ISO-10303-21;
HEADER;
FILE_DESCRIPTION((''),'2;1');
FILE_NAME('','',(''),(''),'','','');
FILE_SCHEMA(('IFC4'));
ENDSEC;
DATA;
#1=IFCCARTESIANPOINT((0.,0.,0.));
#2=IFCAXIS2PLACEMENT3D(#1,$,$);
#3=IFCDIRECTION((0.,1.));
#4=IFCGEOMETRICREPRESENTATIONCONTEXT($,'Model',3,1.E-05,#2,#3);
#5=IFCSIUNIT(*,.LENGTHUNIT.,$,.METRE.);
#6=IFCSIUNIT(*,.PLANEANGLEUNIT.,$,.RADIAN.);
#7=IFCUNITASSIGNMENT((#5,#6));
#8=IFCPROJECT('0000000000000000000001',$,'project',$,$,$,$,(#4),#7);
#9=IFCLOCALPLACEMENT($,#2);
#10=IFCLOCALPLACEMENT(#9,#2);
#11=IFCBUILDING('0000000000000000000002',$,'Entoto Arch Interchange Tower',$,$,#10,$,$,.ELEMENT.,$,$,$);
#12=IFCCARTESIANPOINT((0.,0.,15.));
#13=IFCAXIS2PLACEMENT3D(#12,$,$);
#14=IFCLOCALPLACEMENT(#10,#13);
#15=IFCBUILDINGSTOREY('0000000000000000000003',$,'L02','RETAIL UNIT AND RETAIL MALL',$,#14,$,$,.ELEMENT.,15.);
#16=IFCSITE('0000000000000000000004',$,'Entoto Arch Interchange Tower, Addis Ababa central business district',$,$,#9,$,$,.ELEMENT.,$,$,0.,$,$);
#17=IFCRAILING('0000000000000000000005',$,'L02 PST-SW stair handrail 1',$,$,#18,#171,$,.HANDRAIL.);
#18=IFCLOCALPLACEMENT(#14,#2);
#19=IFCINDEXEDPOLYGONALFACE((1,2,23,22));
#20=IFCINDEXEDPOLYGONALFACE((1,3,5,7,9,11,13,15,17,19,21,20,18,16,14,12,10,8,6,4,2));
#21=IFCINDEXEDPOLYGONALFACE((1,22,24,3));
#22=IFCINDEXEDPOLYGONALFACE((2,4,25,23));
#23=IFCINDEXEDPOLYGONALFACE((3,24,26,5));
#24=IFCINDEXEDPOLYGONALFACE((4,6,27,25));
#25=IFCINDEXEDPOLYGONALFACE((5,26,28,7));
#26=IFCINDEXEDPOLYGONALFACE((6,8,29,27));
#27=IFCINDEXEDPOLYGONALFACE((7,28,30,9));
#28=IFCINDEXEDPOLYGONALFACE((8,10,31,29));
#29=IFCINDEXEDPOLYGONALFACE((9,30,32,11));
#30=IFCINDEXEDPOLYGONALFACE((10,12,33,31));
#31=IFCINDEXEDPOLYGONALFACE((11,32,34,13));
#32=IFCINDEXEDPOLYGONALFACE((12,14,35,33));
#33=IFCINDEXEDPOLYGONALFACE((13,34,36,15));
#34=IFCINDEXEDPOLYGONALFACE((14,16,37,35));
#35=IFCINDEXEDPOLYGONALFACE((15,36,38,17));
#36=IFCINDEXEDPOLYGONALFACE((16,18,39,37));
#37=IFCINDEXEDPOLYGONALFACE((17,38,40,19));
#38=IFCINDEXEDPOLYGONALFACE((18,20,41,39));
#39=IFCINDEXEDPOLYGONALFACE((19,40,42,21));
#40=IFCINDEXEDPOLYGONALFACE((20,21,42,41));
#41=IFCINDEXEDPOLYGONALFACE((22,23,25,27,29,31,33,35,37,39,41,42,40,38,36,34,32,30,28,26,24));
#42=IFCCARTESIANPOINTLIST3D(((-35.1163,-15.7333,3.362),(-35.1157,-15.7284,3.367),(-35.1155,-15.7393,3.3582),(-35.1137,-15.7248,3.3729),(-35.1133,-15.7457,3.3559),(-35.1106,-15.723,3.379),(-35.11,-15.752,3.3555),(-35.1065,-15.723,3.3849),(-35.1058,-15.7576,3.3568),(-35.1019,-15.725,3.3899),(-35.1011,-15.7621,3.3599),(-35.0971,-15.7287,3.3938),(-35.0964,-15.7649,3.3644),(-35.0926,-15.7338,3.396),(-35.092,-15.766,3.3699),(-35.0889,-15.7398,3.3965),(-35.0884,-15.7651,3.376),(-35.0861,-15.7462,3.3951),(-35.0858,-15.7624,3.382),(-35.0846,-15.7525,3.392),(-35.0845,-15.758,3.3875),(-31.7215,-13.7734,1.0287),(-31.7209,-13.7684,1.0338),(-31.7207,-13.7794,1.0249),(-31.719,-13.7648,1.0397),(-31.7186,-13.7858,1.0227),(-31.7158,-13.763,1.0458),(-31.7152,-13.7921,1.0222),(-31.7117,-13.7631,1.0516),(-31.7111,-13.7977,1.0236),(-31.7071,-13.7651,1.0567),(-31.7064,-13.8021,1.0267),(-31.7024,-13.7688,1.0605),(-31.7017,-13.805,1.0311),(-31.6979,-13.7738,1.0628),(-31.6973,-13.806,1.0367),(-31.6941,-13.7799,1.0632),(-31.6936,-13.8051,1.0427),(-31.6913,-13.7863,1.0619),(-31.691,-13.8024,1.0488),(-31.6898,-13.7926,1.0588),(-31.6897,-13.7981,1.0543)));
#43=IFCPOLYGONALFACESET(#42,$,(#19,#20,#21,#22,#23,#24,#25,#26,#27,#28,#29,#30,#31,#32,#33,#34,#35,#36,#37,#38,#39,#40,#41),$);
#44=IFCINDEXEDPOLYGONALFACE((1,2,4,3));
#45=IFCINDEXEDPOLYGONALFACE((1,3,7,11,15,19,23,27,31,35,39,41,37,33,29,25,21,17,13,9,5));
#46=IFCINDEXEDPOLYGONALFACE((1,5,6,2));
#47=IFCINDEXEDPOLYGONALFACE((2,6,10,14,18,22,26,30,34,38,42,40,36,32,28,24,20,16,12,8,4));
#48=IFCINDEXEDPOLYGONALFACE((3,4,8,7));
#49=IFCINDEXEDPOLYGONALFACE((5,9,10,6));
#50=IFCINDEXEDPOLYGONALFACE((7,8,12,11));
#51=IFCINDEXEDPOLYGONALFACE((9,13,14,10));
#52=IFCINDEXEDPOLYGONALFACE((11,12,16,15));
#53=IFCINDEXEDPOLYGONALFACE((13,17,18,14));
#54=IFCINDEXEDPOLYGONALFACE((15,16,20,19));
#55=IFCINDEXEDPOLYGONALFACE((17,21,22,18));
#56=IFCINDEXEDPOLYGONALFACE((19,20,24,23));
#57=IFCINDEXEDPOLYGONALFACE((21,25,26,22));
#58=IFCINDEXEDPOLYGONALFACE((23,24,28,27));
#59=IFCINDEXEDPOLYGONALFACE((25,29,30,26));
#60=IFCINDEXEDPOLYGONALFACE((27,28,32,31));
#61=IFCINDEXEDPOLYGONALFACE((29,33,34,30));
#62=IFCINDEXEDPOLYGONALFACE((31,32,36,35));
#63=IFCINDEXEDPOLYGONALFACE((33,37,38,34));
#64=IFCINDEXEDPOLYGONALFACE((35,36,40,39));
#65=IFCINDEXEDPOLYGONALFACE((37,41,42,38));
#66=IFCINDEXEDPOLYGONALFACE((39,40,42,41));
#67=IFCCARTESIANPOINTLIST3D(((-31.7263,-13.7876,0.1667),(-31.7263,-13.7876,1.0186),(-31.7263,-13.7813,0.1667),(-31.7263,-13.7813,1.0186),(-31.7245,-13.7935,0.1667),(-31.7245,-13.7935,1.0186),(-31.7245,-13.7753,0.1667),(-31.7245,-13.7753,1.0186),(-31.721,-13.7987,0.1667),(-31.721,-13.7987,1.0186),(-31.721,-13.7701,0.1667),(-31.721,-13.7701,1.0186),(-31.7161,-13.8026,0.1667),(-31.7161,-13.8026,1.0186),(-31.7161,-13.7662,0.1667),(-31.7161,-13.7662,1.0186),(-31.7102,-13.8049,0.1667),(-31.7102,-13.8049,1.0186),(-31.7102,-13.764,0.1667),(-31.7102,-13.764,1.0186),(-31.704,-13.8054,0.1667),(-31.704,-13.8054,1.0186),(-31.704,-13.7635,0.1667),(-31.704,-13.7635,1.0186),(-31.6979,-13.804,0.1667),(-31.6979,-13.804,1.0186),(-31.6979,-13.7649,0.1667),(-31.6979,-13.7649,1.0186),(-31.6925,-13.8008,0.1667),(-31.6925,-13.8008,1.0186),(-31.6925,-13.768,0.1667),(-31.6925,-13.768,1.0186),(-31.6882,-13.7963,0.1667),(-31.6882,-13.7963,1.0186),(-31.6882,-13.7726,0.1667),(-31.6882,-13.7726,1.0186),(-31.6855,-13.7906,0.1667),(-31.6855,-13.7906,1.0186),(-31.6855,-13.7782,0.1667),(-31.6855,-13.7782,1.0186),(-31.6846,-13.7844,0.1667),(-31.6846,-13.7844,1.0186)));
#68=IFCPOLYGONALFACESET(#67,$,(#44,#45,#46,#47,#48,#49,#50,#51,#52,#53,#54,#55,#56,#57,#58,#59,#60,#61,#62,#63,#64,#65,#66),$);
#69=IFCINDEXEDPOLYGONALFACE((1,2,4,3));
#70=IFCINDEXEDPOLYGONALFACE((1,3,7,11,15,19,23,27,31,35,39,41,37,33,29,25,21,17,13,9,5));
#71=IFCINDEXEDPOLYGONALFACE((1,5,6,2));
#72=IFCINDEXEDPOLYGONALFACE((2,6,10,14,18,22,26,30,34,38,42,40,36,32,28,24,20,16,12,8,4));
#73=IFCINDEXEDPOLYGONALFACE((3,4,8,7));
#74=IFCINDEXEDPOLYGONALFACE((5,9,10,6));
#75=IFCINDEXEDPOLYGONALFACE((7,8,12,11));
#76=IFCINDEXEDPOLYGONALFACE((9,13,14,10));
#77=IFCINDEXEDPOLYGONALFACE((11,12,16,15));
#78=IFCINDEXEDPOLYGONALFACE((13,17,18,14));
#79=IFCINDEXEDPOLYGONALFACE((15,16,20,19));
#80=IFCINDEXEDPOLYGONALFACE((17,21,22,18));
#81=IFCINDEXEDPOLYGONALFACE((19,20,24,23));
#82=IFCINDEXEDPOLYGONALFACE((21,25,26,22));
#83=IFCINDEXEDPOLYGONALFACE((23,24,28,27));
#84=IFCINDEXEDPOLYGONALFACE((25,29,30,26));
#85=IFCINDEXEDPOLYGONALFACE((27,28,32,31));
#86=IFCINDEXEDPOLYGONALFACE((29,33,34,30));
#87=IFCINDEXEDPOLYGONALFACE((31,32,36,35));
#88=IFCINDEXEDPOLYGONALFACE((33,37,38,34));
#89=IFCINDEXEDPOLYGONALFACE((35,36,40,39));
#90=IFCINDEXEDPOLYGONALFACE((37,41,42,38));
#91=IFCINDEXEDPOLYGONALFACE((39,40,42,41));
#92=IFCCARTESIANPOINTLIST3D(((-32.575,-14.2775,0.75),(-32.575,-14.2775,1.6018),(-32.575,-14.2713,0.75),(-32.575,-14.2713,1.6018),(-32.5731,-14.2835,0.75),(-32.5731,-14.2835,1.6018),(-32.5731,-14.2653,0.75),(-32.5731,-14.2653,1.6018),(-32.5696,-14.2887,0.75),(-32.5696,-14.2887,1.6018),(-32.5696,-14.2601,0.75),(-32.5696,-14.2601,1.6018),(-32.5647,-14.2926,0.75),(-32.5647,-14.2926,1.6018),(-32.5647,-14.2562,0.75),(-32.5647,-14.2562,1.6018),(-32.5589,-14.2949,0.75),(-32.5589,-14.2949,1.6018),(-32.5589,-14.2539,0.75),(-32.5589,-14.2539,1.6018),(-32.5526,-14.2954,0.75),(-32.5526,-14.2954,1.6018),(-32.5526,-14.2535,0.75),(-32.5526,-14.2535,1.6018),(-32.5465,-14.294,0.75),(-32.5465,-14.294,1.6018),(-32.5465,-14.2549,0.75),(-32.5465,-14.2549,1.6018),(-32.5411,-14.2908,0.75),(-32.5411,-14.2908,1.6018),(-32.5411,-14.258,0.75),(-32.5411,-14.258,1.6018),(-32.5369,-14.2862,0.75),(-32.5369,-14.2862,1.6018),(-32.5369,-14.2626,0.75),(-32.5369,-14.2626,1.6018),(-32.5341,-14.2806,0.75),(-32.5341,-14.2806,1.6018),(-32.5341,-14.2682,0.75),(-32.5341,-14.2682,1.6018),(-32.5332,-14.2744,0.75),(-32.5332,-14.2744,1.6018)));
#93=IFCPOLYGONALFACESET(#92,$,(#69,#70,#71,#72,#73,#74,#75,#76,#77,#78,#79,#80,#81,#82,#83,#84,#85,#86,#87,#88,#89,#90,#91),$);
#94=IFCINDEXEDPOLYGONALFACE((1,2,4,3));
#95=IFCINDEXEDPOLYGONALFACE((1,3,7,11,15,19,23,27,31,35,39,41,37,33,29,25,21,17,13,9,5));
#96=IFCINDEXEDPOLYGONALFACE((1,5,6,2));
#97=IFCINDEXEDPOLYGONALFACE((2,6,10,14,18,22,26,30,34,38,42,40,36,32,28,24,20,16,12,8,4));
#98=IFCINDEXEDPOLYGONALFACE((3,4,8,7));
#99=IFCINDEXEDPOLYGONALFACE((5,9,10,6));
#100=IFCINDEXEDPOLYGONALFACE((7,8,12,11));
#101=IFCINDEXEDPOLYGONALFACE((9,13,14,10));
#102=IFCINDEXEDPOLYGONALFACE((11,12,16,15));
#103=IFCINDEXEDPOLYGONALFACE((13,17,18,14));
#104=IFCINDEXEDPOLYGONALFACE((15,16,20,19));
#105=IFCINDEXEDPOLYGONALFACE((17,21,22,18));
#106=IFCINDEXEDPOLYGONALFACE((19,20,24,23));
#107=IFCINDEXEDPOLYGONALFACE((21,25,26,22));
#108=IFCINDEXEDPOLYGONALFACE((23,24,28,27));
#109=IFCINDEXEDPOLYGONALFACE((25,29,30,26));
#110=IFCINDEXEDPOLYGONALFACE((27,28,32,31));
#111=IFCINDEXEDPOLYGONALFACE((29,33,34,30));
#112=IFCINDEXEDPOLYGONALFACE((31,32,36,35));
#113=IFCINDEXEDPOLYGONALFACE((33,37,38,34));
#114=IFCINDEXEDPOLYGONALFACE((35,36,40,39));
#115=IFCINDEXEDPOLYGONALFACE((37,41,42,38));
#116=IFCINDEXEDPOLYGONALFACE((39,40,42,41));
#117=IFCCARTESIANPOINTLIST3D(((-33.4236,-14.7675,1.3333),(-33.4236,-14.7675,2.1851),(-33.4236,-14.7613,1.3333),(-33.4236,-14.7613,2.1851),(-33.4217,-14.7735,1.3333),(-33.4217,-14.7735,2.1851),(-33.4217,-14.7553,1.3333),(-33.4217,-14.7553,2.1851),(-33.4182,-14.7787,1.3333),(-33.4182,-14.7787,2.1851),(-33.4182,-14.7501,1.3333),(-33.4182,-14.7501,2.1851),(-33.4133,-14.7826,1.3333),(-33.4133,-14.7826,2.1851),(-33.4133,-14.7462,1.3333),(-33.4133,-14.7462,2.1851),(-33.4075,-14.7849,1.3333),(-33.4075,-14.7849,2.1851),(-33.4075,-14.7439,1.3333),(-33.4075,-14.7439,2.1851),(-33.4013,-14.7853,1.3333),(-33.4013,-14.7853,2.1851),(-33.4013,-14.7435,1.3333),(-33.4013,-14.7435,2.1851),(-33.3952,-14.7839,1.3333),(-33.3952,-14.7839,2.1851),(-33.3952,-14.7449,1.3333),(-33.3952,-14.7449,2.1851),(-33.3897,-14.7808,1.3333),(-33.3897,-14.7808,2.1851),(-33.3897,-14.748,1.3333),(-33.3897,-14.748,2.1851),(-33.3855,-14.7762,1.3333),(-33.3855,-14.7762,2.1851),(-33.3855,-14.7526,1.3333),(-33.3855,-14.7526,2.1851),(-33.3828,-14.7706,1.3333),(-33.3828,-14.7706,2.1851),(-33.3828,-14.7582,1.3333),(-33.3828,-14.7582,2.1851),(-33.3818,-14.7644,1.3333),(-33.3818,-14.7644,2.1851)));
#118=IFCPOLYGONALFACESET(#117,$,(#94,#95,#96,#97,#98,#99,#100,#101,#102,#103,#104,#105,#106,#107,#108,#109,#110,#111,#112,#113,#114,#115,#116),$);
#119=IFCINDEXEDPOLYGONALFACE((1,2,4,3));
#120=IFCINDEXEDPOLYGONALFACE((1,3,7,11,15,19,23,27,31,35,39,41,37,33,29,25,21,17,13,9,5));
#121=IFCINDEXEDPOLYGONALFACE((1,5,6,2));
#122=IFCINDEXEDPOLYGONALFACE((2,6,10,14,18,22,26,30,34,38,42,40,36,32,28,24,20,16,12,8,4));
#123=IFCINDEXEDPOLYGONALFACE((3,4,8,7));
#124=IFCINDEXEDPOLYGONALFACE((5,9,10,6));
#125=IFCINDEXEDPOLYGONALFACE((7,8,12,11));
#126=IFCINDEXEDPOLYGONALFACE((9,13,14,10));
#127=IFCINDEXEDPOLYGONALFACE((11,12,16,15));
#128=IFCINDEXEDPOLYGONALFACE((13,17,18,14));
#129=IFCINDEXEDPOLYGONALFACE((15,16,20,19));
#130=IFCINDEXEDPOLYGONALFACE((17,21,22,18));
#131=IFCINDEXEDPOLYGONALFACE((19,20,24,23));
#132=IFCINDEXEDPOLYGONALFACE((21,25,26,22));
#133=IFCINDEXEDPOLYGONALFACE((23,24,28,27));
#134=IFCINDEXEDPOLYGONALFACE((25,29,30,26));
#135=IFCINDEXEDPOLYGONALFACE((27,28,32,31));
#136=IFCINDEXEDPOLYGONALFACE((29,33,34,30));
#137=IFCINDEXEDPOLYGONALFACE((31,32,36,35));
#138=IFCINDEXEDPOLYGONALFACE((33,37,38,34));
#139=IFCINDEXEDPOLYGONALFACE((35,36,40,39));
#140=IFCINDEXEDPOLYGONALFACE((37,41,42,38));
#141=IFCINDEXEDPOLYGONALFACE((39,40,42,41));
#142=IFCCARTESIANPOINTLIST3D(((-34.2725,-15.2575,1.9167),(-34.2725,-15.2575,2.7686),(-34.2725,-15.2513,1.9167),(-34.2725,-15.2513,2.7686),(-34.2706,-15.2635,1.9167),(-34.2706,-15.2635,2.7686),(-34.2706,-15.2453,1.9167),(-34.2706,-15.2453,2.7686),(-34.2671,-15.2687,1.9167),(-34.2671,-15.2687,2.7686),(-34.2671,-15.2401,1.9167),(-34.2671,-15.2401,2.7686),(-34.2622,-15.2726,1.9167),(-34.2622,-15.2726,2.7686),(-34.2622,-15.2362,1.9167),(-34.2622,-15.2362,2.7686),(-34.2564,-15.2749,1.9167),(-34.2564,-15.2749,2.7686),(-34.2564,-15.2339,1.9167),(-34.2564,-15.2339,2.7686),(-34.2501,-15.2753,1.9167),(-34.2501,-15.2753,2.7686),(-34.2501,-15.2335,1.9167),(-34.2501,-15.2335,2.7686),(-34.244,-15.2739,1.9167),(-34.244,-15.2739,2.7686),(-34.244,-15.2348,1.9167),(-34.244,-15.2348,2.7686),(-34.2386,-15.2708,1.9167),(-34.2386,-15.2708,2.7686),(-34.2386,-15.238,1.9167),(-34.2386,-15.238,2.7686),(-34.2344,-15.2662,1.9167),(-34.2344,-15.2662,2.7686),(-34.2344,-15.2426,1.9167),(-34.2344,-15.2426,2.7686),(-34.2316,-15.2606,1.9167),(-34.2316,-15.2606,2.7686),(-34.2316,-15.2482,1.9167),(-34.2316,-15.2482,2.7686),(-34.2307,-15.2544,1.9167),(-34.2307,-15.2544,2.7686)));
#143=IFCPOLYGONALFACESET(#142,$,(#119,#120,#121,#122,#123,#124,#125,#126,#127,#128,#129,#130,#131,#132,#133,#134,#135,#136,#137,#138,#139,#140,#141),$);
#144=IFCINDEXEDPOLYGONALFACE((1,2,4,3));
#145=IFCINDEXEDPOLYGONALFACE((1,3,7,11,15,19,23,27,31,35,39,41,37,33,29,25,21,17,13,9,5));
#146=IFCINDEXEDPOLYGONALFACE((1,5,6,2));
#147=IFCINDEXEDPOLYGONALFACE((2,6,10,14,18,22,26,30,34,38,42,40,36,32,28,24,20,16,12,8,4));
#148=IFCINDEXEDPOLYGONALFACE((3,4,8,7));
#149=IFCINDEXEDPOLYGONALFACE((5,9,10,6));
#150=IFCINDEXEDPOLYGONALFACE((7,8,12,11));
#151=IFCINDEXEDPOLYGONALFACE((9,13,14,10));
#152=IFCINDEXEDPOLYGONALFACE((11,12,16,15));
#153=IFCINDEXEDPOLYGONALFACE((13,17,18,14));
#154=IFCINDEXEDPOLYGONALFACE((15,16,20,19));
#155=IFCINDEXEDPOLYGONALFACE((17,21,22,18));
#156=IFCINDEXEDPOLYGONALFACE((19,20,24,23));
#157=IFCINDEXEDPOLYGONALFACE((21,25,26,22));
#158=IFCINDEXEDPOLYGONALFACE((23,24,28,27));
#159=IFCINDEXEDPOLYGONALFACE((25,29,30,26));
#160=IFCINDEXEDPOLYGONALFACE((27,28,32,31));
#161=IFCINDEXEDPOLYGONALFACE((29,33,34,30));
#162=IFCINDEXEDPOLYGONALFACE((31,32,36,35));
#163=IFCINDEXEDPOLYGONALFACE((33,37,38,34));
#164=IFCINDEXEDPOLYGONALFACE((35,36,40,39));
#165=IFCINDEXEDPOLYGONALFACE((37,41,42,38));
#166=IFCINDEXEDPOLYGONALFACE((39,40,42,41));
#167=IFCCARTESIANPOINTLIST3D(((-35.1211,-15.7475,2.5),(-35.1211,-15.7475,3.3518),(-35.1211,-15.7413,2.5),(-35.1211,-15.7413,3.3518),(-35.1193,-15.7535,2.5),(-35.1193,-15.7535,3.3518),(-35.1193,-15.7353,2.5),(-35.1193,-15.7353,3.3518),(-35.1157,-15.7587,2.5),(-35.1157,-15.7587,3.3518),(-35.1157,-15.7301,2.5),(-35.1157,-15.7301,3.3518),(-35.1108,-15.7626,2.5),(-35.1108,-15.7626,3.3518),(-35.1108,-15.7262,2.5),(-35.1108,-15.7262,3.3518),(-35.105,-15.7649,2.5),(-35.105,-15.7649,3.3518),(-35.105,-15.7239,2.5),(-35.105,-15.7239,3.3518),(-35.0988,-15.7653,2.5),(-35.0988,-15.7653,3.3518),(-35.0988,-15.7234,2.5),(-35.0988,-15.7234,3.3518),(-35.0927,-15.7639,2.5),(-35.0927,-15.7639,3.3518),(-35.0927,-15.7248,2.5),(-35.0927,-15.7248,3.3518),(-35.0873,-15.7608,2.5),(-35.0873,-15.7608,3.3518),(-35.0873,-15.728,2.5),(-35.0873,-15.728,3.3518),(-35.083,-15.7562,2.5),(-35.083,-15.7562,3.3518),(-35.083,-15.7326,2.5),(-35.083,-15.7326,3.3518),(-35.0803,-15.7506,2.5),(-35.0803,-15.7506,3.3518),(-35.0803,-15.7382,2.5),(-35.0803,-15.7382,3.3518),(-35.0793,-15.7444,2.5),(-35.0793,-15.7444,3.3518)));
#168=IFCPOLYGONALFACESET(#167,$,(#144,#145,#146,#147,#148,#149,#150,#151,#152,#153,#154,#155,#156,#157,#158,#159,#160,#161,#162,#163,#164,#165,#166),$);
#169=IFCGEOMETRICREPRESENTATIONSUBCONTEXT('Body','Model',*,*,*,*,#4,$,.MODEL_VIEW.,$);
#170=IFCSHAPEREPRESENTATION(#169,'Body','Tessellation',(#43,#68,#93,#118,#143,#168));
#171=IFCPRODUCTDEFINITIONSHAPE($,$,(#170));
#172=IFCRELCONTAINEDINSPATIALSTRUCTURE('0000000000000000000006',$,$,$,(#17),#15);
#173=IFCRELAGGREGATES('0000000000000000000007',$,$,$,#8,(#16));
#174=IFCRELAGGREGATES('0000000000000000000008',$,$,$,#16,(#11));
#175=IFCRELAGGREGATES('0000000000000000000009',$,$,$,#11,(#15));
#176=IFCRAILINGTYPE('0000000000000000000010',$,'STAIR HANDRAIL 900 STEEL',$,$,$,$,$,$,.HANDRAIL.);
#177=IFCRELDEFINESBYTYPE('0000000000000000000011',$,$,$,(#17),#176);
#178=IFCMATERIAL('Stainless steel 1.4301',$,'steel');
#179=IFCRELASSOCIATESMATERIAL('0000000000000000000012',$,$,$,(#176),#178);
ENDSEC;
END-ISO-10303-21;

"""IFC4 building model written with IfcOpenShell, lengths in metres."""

from ifc_helpers import new_model, si_unit, direction, frame, origin, origin_2d, place, context, subcontext, project, spatial, circle, extrude, material, type_object, element, save


model = new_model("IFC4")

# Units and contexts
model_context = context("Model", 3, precision=1e-05, world=origin(), true_north=direction((0.0, 1.0)))
body_context = subcontext(model_context, "Body", "Model", "MODEL_VIEW")
ifc_project = project(units=[si_unit("LENGTHUNIT", "METRE"), si_unit("PLANEANGLEUNIT", "RADIAN")], contexts=[model_context])

# Site, building, storey
site_placement = place(None, origin())
site = spatial("IfcSite", under=ifc_project, at=site_placement, Name="Entoto Arch Interchange Tower, Addis Ababa central business district", CompositionType="ELEMENT", RefElevation=0.0)
building_placement = place(site_placement, origin())
building = spatial("IfcBuilding", under=site, at=building_placement, Name="Entoto Arch Interchange Tower", CompositionType="ELEMENT")
storey_placement = place(building_placement, frame((0.0, 0.0, 15.0)))
storey = spatial("IfcBuildingStorey", under=building, at=storey_placement, Name="L02", Description="RETAIL UNIT AND RETAIL MALL", CompositionType="ELEMENT", Elevation=15.0)

# Railing
ifc_material_1 = material(Name="Stainless steel 1.4301", Category="steel")
railing_type_1 = type_object("IfcRailingType", Name="STAIR HANDRAIL 900 STEEL", PredefinedType="HANDRAIL", material=ifc_material_1)
railing_1_placement = place(storey_placement, frame((-31.7056, -13.7844, 0.1667)))
element("IfcRailing", 1, at=railing_1_placement, inside=storey, type_object=railing_type_1, Name="L02 PST-SW stair handrail 1", PredefinedType="HANDRAIL", context=body_context, shape_type="SweptSolid", body=[
    extrude(circle(Radius=0.0239, at=origin_2d()), frame((0.0, 0.0, 0.876), z_axis=(-0.744175, -0.429646, 0.511476), x_axis=(0.499997, -0.866027, 0.0)), (0.0, 0.0, 1.0), 4.5618),
    extrude(circle(Radius=0.021, at=origin_2d()), origin(), (0.0, 0.0, 1.0), 0.8518),
    extrude(circle(Radius=0.021, at=origin_2d()), frame((-0.8486, -0.49, 0.5833)), (0.0, 0.0, 1.0), 0.8518),
    extrude(circle(Radius=0.021, at=origin_2d()), frame((-1.6973, -0.98, 1.1665)), (0.0, 0.0, 1.0), 0.8518),
    extrude(circle(Radius=0.021, at=origin_2d()), frame((-2.5461, -1.47, 1.75)), (0.0, 0.0, 1.0), 0.8518),
    extrude(circle(Radius=0.021, at=origin_2d()), frame((-3.3948, -1.96, 2.3333)), (0.0, 0.0, 1.0), 0.8518),
])

save(model, "model.ifc")
